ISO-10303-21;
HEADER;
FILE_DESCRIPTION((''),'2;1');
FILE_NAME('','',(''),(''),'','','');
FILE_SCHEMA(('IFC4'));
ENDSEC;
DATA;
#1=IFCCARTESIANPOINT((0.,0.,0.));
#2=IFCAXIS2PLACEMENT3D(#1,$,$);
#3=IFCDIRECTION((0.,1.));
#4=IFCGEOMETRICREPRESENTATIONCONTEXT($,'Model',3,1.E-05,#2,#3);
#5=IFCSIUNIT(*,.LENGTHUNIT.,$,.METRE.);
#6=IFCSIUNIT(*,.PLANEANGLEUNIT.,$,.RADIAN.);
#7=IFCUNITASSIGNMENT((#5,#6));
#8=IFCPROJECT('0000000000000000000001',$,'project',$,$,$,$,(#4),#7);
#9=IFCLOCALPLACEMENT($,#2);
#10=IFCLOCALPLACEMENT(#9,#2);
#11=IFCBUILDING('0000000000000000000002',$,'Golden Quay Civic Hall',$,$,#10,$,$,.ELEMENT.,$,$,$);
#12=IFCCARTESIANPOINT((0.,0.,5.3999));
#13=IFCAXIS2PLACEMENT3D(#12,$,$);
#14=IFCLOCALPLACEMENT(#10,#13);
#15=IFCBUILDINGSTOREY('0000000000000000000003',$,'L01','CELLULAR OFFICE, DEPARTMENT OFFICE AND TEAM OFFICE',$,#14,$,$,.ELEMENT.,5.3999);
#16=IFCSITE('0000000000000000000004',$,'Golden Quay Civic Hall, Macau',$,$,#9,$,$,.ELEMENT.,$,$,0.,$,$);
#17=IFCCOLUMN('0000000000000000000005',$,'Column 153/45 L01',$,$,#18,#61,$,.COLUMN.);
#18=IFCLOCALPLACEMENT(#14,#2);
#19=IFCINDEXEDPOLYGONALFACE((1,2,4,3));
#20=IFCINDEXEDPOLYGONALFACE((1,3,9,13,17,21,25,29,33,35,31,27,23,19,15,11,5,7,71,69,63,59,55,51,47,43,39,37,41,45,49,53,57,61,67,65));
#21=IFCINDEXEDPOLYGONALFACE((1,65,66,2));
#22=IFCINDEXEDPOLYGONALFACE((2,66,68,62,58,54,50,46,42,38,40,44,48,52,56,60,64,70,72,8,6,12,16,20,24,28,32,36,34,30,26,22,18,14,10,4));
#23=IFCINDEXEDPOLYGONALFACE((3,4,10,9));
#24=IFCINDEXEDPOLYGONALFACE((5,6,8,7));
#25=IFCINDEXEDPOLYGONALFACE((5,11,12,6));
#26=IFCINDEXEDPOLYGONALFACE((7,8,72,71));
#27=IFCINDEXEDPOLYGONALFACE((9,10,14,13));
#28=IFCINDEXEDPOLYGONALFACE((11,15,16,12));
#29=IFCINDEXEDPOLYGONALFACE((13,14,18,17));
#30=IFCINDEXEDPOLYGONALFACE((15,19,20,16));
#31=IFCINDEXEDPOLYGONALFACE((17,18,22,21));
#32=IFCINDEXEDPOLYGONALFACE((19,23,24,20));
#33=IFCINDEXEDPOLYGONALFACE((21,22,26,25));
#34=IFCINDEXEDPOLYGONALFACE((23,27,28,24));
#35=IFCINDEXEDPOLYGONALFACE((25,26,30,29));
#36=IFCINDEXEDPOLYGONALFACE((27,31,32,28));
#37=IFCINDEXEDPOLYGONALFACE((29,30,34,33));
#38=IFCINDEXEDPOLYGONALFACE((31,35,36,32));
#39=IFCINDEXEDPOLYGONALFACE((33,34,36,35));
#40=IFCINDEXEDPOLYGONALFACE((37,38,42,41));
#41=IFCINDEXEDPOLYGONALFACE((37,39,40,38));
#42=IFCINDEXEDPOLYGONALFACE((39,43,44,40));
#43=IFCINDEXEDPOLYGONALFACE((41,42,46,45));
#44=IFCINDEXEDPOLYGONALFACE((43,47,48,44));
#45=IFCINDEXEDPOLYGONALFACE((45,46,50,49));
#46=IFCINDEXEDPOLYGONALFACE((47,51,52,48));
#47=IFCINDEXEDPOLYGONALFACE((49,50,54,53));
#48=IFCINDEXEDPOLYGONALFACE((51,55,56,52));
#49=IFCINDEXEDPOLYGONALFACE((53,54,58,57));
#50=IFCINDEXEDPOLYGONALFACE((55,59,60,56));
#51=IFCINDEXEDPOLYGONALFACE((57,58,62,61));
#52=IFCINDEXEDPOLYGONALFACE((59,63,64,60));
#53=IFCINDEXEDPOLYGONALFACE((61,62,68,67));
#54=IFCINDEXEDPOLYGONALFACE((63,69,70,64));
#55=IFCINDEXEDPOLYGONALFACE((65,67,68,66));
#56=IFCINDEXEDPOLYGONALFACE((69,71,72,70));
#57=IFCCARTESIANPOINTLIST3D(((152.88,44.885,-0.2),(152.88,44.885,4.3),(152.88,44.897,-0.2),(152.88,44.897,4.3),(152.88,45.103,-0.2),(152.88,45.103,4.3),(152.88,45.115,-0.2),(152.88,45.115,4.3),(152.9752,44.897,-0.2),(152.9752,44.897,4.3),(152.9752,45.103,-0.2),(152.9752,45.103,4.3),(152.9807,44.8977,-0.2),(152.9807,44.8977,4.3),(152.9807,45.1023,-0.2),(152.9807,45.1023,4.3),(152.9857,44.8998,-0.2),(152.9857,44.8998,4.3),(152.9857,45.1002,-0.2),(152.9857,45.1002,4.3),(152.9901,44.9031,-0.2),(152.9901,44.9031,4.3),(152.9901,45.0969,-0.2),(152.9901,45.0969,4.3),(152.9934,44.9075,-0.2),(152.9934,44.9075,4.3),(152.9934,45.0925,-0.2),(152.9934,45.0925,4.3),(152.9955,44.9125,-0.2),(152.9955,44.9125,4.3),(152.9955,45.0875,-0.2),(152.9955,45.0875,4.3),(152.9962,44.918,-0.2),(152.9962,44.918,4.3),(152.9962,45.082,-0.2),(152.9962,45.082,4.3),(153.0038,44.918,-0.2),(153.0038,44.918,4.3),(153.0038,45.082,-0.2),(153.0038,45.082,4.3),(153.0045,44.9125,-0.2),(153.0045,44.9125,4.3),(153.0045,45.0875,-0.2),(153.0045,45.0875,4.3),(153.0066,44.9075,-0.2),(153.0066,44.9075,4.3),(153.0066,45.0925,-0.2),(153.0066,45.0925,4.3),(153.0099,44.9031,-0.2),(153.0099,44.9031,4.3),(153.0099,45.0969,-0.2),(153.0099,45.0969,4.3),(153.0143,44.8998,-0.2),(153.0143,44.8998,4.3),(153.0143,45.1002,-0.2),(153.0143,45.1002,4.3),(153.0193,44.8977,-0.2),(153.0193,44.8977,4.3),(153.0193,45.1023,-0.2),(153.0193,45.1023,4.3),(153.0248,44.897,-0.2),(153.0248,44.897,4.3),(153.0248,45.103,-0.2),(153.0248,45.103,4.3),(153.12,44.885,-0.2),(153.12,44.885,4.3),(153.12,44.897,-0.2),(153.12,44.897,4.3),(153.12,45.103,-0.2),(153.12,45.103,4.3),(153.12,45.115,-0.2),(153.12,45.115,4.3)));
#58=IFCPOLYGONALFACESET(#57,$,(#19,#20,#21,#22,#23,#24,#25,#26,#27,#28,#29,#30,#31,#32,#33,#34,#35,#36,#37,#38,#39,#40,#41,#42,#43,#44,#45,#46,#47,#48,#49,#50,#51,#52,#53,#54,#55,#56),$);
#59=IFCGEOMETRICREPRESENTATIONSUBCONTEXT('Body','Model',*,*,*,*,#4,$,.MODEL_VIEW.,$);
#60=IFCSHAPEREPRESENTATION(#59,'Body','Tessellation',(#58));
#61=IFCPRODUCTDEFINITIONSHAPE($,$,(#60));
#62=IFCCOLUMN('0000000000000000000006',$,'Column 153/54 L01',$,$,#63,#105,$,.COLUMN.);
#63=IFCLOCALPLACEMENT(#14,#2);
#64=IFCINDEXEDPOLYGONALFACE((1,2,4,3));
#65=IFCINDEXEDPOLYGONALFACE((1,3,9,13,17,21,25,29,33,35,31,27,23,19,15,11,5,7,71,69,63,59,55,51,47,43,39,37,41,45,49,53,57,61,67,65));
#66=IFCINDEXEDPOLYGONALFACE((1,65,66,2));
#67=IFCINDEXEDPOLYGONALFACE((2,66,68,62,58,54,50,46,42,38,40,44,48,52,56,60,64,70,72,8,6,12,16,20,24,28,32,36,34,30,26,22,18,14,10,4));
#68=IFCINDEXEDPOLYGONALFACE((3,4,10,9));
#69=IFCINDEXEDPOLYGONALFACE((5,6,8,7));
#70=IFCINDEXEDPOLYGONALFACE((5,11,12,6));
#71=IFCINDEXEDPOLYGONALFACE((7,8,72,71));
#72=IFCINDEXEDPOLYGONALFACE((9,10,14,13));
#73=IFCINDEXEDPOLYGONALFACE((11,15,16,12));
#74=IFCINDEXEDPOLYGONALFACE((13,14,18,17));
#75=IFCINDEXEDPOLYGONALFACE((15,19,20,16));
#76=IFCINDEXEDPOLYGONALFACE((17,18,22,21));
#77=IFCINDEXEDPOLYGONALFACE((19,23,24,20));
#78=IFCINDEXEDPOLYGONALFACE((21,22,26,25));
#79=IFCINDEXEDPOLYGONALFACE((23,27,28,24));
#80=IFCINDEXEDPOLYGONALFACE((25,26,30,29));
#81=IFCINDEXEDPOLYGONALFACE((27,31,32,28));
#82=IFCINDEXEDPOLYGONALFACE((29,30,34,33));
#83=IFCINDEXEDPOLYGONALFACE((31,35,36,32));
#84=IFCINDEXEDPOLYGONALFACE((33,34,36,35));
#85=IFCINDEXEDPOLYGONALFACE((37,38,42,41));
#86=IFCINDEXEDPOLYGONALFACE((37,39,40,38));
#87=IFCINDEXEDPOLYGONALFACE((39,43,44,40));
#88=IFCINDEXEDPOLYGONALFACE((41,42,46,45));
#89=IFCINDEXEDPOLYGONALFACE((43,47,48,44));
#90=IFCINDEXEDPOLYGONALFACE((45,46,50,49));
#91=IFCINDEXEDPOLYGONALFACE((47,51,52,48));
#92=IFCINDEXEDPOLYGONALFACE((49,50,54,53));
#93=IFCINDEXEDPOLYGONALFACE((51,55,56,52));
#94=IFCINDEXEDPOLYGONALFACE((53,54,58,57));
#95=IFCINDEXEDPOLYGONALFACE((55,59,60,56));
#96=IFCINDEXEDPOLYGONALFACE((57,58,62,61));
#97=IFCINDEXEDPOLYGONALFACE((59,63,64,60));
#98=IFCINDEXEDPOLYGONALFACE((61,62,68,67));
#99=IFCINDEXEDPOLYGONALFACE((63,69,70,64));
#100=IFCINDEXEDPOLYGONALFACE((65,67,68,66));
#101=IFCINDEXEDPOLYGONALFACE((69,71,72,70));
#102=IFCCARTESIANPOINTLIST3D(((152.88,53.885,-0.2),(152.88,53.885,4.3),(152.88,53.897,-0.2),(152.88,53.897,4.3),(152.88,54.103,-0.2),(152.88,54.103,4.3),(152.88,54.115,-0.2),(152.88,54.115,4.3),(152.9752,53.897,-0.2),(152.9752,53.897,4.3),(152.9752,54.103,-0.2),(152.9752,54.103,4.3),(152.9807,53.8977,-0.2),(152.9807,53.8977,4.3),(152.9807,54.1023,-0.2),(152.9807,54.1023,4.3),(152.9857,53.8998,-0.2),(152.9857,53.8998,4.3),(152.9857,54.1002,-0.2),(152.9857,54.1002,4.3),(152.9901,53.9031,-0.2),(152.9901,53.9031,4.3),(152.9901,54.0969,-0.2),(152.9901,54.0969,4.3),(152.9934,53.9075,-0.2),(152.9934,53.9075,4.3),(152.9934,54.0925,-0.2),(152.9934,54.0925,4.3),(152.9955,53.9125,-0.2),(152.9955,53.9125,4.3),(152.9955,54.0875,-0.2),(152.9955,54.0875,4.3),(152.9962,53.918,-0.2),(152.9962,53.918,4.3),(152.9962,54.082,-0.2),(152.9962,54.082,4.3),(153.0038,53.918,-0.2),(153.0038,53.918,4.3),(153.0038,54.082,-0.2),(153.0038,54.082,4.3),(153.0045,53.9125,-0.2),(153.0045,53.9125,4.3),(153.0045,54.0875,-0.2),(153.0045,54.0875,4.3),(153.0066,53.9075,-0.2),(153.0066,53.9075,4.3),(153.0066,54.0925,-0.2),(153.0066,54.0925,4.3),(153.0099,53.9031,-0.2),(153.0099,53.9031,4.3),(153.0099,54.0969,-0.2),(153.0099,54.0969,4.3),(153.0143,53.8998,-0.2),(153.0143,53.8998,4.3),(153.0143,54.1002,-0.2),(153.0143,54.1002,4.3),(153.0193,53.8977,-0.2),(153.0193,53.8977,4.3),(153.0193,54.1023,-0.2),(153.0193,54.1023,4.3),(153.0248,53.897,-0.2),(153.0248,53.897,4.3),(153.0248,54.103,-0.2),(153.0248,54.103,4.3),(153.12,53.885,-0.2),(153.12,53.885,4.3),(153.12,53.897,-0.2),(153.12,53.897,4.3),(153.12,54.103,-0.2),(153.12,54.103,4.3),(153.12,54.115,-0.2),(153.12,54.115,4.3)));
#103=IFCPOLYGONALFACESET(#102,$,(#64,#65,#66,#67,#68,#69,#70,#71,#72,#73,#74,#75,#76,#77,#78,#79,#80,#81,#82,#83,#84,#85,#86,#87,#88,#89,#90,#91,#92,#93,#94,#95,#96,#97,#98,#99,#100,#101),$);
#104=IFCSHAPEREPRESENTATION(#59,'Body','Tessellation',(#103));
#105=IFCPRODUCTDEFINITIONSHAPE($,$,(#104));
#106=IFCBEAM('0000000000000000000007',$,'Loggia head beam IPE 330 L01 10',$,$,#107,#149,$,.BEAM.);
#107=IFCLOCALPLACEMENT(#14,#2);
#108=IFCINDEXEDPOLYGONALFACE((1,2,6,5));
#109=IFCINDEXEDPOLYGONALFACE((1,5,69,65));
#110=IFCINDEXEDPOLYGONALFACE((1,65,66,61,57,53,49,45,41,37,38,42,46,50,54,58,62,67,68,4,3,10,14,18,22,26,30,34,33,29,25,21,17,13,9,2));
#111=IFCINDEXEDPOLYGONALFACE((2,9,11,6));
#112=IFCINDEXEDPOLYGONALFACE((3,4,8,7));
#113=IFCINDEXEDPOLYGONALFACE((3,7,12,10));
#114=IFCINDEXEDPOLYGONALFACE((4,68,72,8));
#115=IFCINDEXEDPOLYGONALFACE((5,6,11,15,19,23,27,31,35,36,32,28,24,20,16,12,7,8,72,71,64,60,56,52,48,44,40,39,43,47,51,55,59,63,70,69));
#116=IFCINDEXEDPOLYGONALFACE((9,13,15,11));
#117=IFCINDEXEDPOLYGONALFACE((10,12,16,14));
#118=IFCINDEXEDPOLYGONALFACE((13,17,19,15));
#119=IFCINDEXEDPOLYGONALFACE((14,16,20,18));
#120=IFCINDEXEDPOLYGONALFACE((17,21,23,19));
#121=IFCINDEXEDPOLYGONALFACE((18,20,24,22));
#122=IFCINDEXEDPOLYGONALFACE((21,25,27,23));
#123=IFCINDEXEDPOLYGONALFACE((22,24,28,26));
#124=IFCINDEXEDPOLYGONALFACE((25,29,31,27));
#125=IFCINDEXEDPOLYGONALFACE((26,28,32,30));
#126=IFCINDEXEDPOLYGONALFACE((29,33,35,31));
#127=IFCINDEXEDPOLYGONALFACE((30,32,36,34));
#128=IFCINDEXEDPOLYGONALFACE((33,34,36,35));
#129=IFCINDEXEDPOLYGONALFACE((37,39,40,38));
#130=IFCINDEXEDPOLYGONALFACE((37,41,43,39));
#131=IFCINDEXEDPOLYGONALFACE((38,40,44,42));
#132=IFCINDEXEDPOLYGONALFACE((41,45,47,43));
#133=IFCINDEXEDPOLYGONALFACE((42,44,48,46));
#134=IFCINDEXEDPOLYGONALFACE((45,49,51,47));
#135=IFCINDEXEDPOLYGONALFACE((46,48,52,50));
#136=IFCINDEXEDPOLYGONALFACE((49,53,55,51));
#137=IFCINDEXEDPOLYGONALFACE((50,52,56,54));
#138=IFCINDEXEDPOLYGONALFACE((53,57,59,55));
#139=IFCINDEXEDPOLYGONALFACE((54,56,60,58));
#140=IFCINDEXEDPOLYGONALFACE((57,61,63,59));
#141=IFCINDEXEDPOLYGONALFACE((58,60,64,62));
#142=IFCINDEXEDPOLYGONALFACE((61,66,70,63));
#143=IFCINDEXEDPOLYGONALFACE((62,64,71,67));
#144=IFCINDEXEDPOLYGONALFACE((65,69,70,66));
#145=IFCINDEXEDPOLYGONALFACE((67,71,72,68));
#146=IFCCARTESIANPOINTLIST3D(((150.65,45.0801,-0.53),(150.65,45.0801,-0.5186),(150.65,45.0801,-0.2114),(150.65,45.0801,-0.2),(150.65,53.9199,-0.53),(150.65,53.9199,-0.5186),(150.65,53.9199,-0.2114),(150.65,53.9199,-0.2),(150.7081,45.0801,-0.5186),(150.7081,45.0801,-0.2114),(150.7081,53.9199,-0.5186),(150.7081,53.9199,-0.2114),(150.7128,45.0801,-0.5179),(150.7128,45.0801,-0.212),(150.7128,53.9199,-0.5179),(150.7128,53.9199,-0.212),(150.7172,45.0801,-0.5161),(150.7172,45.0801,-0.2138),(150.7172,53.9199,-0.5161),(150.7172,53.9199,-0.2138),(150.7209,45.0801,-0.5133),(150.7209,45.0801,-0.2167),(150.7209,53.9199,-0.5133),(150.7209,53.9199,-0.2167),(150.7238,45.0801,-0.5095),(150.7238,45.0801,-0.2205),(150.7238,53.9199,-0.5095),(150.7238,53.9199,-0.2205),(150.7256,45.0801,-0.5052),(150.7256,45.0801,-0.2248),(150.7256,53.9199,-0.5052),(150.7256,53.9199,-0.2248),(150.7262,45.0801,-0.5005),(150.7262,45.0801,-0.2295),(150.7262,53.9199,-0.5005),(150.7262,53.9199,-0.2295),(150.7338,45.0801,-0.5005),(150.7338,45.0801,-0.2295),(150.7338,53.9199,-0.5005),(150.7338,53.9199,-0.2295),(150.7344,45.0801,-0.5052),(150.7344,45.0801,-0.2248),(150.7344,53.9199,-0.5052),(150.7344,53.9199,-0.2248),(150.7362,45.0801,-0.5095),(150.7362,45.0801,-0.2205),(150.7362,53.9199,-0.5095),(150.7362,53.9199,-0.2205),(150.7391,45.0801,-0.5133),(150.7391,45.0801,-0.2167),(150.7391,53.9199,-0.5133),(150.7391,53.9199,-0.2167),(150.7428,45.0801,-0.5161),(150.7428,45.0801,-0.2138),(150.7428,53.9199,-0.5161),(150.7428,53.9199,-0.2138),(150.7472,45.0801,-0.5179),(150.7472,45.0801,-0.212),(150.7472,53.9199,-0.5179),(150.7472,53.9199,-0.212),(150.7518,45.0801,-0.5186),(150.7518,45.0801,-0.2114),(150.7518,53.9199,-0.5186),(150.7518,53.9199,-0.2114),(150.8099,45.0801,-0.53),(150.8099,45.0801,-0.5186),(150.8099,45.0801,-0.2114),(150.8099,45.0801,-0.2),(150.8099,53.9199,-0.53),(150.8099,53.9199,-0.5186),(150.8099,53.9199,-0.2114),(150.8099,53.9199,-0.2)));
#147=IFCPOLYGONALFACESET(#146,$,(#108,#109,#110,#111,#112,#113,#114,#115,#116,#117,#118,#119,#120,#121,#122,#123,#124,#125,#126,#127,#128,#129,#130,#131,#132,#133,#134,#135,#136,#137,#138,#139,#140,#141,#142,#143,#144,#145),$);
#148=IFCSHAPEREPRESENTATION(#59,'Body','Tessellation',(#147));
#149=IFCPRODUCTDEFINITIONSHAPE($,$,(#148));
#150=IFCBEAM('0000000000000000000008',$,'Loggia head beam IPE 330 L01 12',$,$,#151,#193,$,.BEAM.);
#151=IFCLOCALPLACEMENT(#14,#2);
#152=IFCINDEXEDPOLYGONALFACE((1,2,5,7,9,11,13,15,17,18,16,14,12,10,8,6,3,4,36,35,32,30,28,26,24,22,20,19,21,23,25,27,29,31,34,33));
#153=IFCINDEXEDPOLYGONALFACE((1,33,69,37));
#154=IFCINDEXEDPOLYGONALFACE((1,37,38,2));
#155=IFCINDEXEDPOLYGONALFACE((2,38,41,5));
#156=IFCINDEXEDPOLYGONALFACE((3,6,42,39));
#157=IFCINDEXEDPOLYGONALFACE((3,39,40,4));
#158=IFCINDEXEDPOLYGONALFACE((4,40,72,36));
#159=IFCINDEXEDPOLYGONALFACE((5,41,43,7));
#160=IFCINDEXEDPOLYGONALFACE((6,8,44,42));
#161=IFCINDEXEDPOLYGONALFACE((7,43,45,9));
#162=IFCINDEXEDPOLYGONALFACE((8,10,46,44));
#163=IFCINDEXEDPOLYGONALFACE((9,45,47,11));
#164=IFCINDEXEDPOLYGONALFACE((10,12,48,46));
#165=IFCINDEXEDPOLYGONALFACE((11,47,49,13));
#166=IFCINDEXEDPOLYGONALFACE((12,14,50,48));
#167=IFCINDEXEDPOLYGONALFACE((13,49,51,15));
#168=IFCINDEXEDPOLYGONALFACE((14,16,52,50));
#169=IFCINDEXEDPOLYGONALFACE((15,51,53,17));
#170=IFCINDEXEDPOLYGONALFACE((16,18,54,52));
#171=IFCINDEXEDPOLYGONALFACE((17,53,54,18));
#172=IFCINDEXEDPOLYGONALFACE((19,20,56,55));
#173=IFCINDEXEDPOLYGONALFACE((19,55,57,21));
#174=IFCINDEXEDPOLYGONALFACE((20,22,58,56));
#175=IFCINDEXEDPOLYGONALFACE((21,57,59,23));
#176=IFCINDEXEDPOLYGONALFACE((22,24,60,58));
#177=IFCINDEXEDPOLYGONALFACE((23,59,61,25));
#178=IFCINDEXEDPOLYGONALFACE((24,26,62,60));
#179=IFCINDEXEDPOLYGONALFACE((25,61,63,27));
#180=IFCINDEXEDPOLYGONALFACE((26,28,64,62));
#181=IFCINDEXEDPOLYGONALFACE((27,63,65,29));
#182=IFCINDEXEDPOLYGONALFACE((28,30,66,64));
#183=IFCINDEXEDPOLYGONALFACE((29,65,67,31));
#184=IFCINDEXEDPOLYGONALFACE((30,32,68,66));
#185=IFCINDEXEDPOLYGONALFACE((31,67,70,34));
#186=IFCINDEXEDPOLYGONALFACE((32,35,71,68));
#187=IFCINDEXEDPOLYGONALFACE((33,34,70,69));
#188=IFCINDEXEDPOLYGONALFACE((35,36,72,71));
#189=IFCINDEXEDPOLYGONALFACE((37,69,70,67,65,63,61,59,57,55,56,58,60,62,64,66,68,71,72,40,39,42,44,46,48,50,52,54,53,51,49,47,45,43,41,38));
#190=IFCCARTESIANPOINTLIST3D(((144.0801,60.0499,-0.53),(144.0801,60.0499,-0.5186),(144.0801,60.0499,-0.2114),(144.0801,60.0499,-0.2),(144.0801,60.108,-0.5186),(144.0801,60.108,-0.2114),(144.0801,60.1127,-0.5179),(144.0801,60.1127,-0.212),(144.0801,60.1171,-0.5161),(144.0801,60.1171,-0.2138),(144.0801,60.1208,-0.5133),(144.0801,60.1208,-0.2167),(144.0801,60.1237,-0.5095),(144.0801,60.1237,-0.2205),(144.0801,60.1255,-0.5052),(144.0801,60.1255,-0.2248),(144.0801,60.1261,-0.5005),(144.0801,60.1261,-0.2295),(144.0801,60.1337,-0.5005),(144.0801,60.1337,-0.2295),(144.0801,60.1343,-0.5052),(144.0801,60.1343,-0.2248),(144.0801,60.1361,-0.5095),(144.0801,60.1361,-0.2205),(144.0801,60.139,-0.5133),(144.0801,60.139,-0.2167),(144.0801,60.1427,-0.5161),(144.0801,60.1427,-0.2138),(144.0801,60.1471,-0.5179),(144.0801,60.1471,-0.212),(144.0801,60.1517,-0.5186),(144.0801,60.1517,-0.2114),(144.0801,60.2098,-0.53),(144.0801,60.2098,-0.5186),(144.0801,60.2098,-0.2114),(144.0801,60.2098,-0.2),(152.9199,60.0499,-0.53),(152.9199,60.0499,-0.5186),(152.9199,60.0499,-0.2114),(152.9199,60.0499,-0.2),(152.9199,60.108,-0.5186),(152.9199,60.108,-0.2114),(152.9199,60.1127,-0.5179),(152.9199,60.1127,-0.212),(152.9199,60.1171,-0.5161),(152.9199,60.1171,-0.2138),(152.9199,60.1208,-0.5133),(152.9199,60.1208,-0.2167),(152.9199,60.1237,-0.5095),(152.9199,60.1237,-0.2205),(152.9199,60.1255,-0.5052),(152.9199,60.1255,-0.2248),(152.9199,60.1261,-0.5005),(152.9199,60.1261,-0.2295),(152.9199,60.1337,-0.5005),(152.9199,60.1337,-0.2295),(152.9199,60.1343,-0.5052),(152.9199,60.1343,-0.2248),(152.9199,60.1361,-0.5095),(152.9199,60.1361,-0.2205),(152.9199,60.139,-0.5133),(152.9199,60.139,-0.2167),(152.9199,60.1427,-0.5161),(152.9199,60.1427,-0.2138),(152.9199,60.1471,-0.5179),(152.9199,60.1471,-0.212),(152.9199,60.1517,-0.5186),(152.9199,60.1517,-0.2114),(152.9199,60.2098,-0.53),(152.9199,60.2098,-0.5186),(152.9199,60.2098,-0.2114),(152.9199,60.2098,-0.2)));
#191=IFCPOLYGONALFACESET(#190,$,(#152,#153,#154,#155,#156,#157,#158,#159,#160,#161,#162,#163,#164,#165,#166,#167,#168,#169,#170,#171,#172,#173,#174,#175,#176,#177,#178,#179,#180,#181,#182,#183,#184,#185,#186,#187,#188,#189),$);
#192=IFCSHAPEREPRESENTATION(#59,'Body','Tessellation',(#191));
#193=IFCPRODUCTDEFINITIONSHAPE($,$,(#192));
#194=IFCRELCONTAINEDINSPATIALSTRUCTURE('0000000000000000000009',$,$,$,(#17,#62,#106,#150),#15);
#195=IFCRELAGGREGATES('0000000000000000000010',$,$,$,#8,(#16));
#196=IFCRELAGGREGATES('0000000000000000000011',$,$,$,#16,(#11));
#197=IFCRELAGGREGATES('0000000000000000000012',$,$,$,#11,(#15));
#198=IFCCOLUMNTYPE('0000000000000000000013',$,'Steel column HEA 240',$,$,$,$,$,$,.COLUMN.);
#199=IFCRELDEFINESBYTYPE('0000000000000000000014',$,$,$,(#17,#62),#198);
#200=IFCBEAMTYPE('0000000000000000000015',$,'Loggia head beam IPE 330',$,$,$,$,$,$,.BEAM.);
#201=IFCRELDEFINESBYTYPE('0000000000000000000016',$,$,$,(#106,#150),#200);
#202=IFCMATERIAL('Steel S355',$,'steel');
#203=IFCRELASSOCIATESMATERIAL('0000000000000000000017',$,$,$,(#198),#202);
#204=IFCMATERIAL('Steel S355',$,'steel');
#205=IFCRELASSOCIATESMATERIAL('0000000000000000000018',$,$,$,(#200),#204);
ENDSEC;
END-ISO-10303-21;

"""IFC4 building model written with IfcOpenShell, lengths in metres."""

from ifc_helpers import new_model, si_unit, direction, frame, origin, origin_2d, place, context, subcontext, project, spatial, i_section, extrude, material, material_profile, profile_set, type_object, element, save


model = new_model("IFC4")

# Units and contexts
model_context = context("Model", 3, precision=1e-05, world=origin(), true_north=direction((0.0, 1.0)))
body_context = subcontext(model_context, "Body", "Model", "MODEL_VIEW")
ifc_project = project(units=[si_unit("LENGTHUNIT", "METRE"), si_unit("PLANEANGLEUNIT", "RADIAN")], contexts=[model_context])

# Site, building, storey
site_placement = place(None, origin())
site = spatial("IfcSite", under=ifc_project, at=site_placement, Name="Golden Quay Civic Hall, Macau", CompositionType="ELEMENT", RefElevation=0.0)
building_placement = place(site_placement, origin())
building = spatial("IfcBuilding", under=site, at=building_placement, Name="Golden Quay Civic Hall", CompositionType="ELEMENT")
storey_placement = place(building_placement, frame((0.0, 0.0, 5.3999)))
storey = spatial("IfcBuildingStorey", under=building, at=storey_placement, Name="L01", Description="CELLULAR OFFICE, DEPARTMENT OFFICE AND TEAM OFFICE", CompositionType="ELEMENT", Elevation=5.3999)

# Columns
ifc_material_1 = material(Name="Steel S355", Category="steel")
ifc_material_profile_1 = material_profile(ifc_material_1, i_section(OverallWidth=0.24, OverallDepth=0.23, WebThickness=0.0076, FlangeThickness=0.012, FilletRadius=0.021, at=origin_2d()), Name="HEA 240")
ifc_profile_set_1 = profile_set([ifc_material_profile_1], Name="Steel S355")
column_type = type_object("IfcColumnType", Name="Steel column HEA 240", PredefinedType="COLUMN", material=ifc_profile_set_1)
for number, where, z_axis, x_axis, name in (
    (1, (153.0, 45.0, -0.2), (0.0, 0.0, 1.0), (1.0, 0.0, 0.0), "Column 153/45 L01"),
    (2, (153.0, 54.0, -0.2), (0.0, 0.0, 1.0), (1.0, 0.0, 0.0), "Column 153/54 L01"),
):
    element("IfcColumn", number, at=place(storey_placement, frame(where, z_axis=z_axis, x_axis=x_axis)), inside=storey, type_object=column_type, Name=name, PredefinedType="COLUMN", context=body_context, shape_type="SweptSolid", body=[
        extrude(i_section(OverallWidth=0.24, OverallDepth=0.23, WebThickness=0.0076, FlangeThickness=0.012, FilletRadius=0.021, at=origin_2d()), origin(), (0.0, 0.0, 1.0), 4.5),
    ])

# Beams
ifc_material_2 = material(Name="Steel S355", Category="steel")
ifc_material_profile_2 = material_profile(ifc_material_2, i_section(OverallWidth=0.1599, OverallDepth=0.3301, WebThickness=0.0076, FlangeThickness=0.0115, FilletRadius=0.0181, at=origin_2d()), Name="IPE 330")
ifc_profile_set_2 = profile_set([ifc_material_profile_2], Name="Steel S355")
beam_type_1 = type_object("IfcBeamType", Name="Loggia head beam IPE 330", PredefinedType="BEAM", material=ifc_profile_set_2)
for number, where, z_axis, x_axis, name in (
    (3, (150.73, 45.0801, -0.365), (0.0, 1.0, 0.0), (-1.0, 0.0, 0.0), "Loggia head beam IPE 330 L01 10"),
    (4, (144.0801, 60.1299, -0.365), (1.0, 0.0, 0.0), (0.0, 1.0, 0.0), "Loggia head beam IPE 330 L01 12"),
):
    element("IfcBeam", number, at=place(storey_placement, frame(where, z_axis=z_axis, x_axis=x_axis)), inside=storey, type_object=beam_type_1, Name=name, PredefinedType="BEAM", context=body_context, shape_type="SweptSolid", body=[
        extrude(i_section(OverallWidth=0.1599, OverallDepth=0.3301, WebThickness=0.0076, FlangeThickness=0.0115, FilletRadius=0.0181, at=origin_2d()), origin(), (0.0, 0.0, 1.0), 8.8398),
    ])

save(model, "model.ifc")
